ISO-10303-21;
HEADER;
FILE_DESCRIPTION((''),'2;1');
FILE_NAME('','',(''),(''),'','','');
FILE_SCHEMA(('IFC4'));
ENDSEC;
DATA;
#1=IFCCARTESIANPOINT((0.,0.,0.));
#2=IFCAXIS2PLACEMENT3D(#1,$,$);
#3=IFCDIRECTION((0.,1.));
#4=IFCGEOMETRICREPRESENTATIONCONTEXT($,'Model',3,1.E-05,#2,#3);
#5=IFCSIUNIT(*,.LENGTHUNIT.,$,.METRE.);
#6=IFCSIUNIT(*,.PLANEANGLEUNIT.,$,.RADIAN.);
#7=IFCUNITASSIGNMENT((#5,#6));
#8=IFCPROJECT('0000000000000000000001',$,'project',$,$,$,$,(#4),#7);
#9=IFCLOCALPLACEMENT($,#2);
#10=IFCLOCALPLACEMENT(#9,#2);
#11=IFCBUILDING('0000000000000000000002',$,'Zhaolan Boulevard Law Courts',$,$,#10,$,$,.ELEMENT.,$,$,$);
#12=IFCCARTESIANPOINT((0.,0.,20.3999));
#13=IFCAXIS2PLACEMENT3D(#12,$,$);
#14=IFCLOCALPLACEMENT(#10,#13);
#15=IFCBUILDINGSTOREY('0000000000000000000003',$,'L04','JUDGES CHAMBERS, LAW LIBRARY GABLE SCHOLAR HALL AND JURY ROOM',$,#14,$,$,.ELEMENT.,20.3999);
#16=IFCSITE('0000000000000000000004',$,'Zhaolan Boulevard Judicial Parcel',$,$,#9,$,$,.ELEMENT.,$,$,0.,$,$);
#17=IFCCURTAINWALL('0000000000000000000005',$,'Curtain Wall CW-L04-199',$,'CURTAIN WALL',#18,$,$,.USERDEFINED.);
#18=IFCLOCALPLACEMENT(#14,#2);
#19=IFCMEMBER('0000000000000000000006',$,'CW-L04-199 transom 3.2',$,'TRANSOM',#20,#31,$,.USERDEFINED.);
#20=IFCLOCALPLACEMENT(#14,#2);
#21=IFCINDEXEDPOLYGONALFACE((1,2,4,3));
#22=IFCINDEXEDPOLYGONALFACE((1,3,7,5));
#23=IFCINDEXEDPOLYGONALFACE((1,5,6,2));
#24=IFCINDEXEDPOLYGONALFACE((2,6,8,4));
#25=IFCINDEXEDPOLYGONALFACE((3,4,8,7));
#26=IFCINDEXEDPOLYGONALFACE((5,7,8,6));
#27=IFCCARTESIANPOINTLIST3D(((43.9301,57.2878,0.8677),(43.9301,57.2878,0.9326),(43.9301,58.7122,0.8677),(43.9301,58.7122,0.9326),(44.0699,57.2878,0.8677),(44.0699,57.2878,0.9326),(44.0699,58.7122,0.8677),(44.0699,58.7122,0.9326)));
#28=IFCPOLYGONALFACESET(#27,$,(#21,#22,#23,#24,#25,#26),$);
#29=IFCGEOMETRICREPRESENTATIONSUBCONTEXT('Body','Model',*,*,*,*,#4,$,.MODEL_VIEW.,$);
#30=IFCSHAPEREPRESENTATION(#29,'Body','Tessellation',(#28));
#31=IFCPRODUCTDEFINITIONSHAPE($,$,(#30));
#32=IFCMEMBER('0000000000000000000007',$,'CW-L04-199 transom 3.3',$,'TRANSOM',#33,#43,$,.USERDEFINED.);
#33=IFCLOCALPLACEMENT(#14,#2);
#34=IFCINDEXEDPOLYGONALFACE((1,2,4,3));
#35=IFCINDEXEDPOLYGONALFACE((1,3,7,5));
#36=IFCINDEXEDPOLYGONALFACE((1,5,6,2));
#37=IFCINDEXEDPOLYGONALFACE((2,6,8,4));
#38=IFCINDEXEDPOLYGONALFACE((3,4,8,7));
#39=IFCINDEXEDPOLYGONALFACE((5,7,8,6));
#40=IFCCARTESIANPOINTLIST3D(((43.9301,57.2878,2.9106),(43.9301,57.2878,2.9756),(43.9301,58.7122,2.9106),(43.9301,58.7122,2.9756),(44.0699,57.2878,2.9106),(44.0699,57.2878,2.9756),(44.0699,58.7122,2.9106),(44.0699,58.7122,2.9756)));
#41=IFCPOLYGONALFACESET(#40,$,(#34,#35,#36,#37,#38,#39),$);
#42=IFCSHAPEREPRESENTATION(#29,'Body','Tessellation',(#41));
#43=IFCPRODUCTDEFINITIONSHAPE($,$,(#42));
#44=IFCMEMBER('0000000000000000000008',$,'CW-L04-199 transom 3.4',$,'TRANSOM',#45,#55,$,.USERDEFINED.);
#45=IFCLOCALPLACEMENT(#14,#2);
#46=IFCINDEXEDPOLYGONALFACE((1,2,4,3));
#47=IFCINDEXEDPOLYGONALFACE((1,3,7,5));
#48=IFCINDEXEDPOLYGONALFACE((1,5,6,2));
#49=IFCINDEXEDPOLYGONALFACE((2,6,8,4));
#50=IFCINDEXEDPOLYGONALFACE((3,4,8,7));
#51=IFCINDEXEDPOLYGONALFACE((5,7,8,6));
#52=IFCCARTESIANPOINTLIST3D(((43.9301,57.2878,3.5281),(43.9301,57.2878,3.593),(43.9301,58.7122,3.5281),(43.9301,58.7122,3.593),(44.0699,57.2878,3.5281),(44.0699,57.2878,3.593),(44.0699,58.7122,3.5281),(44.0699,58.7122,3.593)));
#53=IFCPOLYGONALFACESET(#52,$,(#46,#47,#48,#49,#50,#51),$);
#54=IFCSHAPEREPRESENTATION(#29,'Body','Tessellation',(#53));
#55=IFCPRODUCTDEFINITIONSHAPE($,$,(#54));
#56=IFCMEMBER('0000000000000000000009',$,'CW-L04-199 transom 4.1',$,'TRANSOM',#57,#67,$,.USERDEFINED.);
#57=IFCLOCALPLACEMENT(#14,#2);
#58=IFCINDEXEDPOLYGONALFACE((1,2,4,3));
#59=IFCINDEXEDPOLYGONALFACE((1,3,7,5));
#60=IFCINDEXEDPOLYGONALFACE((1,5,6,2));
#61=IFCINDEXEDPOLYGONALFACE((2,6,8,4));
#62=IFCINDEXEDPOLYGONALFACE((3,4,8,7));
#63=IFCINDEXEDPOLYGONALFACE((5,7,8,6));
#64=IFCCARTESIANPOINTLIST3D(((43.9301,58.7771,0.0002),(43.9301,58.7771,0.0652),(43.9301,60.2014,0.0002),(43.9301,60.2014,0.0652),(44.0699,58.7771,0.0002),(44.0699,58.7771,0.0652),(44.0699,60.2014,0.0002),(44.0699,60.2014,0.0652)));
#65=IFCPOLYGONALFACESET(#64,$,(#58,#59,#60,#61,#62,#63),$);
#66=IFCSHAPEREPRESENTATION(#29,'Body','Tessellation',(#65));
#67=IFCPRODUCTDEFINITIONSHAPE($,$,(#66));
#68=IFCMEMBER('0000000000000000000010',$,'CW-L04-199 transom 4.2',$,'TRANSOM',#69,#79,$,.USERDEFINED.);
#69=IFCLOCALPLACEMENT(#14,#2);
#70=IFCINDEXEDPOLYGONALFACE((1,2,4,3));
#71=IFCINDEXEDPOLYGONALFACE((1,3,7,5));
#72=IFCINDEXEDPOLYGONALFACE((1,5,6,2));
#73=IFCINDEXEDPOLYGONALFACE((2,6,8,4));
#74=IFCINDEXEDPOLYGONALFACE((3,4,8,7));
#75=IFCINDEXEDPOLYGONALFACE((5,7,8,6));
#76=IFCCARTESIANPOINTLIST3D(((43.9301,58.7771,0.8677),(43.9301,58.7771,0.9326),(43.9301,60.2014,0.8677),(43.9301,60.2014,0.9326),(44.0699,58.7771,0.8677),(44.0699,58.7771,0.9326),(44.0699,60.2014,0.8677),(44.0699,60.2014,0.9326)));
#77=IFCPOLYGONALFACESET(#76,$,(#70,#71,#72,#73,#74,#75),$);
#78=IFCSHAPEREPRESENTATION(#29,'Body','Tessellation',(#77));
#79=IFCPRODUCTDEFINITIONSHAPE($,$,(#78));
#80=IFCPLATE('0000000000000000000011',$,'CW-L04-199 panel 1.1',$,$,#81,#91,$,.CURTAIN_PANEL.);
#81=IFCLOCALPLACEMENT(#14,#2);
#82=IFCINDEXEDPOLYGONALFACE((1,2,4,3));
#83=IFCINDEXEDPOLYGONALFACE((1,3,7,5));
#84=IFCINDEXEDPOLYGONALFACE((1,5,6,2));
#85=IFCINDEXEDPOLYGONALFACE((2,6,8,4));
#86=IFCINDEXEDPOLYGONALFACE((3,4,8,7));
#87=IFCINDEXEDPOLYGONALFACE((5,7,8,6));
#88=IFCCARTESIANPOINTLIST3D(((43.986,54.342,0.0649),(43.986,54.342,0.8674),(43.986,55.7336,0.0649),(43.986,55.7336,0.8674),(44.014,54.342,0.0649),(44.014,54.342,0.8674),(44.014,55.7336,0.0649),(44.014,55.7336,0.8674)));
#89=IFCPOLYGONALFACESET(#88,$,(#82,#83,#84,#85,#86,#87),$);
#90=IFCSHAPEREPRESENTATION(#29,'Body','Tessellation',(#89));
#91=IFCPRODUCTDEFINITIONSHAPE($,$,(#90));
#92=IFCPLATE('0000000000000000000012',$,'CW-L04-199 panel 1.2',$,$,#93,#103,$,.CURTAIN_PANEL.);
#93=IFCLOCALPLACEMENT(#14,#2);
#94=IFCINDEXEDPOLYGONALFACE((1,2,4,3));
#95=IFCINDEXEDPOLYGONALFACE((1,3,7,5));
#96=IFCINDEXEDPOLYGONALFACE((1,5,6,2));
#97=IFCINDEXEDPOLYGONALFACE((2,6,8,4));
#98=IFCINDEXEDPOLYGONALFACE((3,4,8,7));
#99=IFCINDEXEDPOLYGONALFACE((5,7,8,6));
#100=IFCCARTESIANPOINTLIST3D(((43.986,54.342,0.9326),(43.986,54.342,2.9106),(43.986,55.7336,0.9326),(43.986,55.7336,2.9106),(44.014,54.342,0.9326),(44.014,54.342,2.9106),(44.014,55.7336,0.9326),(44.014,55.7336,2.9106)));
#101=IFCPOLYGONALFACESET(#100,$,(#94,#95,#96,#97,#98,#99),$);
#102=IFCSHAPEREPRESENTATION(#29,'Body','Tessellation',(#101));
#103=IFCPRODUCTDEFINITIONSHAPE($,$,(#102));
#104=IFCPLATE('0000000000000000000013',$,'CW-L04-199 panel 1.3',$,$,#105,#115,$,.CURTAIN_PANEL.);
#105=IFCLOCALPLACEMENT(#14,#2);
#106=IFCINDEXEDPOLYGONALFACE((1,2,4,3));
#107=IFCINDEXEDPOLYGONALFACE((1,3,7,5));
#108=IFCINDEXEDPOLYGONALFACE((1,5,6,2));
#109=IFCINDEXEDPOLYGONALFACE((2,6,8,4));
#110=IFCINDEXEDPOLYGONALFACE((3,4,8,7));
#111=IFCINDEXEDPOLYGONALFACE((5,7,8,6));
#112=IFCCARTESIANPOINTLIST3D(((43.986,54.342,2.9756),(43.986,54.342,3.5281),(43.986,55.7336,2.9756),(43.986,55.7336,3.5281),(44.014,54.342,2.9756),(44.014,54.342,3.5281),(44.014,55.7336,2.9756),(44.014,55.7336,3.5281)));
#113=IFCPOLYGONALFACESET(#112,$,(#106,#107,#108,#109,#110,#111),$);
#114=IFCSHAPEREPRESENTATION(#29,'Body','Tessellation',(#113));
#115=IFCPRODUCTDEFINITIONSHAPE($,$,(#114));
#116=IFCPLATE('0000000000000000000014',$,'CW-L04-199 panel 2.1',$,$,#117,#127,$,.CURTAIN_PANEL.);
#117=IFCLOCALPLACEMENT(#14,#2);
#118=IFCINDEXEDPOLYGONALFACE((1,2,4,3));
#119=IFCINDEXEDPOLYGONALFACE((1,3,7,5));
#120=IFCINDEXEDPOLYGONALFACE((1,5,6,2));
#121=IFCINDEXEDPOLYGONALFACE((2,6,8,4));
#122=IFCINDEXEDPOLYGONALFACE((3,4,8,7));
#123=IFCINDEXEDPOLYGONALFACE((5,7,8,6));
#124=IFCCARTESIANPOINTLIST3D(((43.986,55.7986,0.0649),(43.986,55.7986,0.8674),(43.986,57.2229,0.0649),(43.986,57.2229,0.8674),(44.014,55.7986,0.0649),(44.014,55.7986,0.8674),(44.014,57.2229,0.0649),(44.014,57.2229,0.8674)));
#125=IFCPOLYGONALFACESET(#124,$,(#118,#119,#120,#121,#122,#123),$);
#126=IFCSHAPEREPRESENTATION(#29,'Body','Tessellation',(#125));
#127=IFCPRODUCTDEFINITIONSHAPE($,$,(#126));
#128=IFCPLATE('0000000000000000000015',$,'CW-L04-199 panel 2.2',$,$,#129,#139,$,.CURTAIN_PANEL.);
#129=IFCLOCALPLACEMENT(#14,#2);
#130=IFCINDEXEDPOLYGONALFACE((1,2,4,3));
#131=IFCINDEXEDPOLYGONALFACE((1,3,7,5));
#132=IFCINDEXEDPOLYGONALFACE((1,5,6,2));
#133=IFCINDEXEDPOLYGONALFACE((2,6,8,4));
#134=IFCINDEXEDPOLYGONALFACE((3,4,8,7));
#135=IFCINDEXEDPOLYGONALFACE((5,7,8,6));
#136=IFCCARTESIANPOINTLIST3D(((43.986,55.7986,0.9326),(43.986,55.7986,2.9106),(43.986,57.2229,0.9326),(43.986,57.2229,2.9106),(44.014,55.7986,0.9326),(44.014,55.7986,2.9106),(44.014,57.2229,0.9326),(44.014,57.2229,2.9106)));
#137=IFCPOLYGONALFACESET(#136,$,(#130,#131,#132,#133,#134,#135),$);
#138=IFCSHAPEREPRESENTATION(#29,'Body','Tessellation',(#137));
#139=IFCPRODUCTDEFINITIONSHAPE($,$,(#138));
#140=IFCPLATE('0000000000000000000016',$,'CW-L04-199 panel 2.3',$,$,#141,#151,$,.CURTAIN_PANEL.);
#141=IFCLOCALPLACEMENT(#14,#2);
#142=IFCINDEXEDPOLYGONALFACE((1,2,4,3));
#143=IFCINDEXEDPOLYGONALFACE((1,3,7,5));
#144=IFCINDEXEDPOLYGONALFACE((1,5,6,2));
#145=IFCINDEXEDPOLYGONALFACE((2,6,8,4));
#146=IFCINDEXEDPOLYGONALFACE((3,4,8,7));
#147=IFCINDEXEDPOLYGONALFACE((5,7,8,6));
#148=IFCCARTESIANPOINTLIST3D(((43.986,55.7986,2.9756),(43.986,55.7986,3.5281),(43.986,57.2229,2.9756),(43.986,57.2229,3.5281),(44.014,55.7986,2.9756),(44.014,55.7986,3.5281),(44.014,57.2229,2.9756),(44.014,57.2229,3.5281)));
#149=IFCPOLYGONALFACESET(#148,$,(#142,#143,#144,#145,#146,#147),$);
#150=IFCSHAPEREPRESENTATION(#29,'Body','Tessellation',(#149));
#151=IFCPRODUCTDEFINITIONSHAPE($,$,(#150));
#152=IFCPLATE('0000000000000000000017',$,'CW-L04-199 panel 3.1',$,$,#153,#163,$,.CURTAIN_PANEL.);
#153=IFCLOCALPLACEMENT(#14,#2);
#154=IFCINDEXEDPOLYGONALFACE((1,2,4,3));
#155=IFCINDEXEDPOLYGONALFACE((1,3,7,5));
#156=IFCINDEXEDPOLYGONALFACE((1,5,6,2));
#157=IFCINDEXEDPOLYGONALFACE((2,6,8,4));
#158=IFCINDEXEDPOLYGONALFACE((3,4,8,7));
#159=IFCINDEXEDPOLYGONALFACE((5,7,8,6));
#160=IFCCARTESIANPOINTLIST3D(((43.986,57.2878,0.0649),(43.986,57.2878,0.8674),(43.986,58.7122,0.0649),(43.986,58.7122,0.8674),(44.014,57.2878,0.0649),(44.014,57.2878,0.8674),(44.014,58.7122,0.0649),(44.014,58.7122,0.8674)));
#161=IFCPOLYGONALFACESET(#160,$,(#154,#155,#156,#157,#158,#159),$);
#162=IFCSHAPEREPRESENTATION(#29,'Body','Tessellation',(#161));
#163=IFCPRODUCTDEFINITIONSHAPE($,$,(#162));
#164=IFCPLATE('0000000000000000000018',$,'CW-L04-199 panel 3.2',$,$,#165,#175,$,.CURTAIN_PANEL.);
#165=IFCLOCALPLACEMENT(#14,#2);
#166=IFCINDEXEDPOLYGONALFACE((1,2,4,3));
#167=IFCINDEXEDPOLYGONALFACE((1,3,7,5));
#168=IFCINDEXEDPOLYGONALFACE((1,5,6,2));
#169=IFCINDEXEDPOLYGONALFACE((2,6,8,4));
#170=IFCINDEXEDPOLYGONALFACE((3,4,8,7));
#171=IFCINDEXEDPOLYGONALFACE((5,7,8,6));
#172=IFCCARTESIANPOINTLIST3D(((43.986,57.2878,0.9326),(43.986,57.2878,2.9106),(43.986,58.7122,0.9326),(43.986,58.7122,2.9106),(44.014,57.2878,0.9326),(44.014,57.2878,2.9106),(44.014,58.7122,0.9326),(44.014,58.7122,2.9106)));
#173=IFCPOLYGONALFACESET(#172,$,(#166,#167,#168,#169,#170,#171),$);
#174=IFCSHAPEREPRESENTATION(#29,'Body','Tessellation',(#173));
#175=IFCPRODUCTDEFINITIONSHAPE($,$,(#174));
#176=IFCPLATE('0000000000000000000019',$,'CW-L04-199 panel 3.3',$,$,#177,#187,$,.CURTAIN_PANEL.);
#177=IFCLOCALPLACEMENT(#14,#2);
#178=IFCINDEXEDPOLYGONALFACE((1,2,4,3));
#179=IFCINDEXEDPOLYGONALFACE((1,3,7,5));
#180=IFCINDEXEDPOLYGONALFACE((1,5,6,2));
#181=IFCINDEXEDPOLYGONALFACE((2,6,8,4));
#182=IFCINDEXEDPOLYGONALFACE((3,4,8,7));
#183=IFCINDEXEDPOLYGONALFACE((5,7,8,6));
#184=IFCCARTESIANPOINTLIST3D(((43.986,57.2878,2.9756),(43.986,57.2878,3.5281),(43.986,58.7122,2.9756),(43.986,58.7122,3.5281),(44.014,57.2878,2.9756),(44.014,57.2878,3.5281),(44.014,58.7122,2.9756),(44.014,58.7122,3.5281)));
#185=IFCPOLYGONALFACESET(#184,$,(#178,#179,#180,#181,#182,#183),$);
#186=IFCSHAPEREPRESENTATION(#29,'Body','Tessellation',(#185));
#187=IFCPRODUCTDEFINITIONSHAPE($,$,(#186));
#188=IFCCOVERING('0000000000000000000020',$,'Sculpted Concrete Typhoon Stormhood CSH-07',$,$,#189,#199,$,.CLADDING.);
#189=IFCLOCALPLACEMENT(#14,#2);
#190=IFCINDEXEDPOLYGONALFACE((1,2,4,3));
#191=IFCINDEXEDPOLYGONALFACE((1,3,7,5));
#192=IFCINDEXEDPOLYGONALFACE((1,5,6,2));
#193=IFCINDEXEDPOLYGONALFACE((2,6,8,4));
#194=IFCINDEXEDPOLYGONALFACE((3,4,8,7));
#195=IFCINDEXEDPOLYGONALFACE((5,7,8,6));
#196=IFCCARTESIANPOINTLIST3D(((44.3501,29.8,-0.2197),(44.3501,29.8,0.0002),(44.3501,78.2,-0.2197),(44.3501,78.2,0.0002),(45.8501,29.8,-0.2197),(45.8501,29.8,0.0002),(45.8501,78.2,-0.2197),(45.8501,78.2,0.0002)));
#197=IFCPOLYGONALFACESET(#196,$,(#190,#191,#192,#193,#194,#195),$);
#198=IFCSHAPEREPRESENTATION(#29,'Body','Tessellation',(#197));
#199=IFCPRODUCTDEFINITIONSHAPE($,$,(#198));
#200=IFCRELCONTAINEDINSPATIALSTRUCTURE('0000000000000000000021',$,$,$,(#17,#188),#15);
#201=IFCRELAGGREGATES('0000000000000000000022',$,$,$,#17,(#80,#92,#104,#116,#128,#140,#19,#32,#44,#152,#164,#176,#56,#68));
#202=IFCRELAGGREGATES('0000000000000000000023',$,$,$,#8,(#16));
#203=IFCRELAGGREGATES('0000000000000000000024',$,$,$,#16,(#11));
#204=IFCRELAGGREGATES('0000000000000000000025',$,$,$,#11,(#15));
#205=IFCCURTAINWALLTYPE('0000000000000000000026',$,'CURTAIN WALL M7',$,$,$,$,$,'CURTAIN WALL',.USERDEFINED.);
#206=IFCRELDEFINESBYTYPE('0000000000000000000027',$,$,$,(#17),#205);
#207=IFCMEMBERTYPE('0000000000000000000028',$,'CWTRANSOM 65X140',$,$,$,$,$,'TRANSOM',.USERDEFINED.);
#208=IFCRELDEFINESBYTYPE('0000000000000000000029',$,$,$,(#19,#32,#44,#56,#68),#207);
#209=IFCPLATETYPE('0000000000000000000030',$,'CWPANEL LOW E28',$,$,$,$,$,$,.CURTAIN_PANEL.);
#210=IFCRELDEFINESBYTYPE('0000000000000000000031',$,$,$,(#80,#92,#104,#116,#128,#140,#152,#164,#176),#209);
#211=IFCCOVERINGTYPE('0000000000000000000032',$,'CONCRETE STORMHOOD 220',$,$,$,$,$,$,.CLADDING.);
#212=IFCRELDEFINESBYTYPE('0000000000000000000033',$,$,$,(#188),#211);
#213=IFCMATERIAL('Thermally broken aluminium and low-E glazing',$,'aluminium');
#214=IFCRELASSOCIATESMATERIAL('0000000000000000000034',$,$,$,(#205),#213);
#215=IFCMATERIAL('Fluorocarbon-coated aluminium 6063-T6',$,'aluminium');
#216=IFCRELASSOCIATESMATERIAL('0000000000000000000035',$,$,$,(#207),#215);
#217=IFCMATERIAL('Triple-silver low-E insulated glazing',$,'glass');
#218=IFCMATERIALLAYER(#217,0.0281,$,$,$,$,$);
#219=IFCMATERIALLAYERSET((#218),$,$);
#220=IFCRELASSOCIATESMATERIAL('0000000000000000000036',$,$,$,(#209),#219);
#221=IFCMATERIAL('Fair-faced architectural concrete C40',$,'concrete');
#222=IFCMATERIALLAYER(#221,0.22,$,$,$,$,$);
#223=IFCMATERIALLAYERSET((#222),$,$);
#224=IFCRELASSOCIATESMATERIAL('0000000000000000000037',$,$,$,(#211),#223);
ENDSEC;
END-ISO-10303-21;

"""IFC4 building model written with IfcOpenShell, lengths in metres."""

from ifc_helpers import new_model, si_unit, direction, frame, origin, origin_2d, place, context, subcontext, project, spatial, rectangle, extrude, material, layer, layer_set, material_profile, profile_set, type_object, element, aggregate, save


model = new_model("IFC4")

# Units and contexts
model_context = context("Model", 3, precision=1e-05, world=origin(), true_north=direction((0.0, 1.0)))
body_context = subcontext(model_context, "Body", "Model", "MODEL_VIEW")
ifc_project = project(units=[si_unit("LENGTHUNIT", "METRE"), si_unit("PLANEANGLEUNIT", "RADIAN")], contexts=[model_context])

# Site, building, storey
site_placement = place(None, origin())
site = spatial("IfcSite", under=ifc_project, at=site_placement, Name="Zhaolan Boulevard Judicial Parcel", CompositionType="ELEMENT", RefElevation=0.0)
building_placement = place(site_placement, origin())
building = spatial("IfcBuilding", under=site, at=building_placement, Name="Zhaolan Boulevard Law Courts", CompositionType="ELEMENT")
storey_placement = place(building_placement, frame((0.0, 0.0, 20.3999)))
storey = spatial("IfcBuildingStorey", under=building, at=storey_placement, Name="L04", Description="JUDGES CHAMBERS, LAW LIBRARY GABLE SCHOLAR HALL AND JURY ROOM", CompositionType="ELEMENT", Elevation=20.3999)

# Curtain wall, members, plates
ifc_material_1 = material(Name="Thermally broken aluminium and low-E glazing", Category="aluminium")
curtain_wall_type_1 = type_object("IfcCurtainWallType", Name="CURTAIN WALL M7", ElementType="CURTAIN WALL", PredefinedType="USERDEFINED", material=ifc_material_1)
curtain_wall_1_placement = place(storey_placement, origin())
curtain_wall_1 = element("IfcCurtainWall", 1, at=curtain_wall_1_placement, inside=storey, type_object=curtain_wall_type_1, Name="Curtain Wall CW-L04-199", ObjectType="CURTAIN WALL", PredefinedType="USERDEFINED")
ifc_material_2 = material(Name="Fluorocarbon-coated aluminium 6063-T6", Category="aluminium")
ifc_material_profile_1 = material_profile(ifc_material_2, rectangle(XDim=0.1399, YDim=0.0649, at=origin_2d()), Name="AL65x140")
ifc_profile_set_1 = profile_set([ifc_material_profile_1], Name="Fluorocarbon-coated aluminium 6063-T6")
member_type_1 = type_object("IfcMemberType", Name="CWTRANSOM 65X140", ElementType="TRANSOM", PredefinedType="USERDEFINED", material=ifc_profile_set_1)
member_1_placement = place(storey_placement, frame((44.0, 57.2878, 0.9001), z_axis=(0.0, 1.0, 0.0), x_axis=(-1.0, 0.0, 0.0)))
member_1 = element("IfcMember", 2, at=member_1_placement, type_object=member_type_1, Name="CW-L04-199 transom 3.2", ObjectType="TRANSOM", PredefinedType="USERDEFINED", context=body_context, shape_type="SweptSolid", body=[
    extrude(rectangle(XDim=0.1399, YDim=0.0649, at=origin_2d()), origin(), (0.0, 0.0, 1.0), 1.4243),
])
member_2_placement = place(storey_placement, frame((44.0, 57.2878, 2.9431), z_axis=(0.0, 1.0, 0.0), x_axis=(-1.0, 0.0, 0.0)))
member_2 = element("IfcMember", 3, at=member_2_placement, type_object=member_type_1, Name="CW-L04-199 transom 3.3", ObjectType="TRANSOM", PredefinedType="USERDEFINED", context=body_context, shape_type="SweptSolid", body=[
    extrude(rectangle(XDim=0.1399, YDim=0.0649, at=origin_2d()), origin(), (0.0, 0.0, 1.0), 1.4243),
])
member_3_placement = place(storey_placement, frame((44.0, 57.2878, 3.5605), z_axis=(0.0, 1.0, 0.0), x_axis=(-1.0, 0.0, 0.0)))
member_3 = element("IfcMember", 4, at=member_3_placement, type_object=member_type_1, Name="CW-L04-199 transom 3.4", ObjectType="TRANSOM", PredefinedType="USERDEFINED", context=body_context, shape_type="SweptSolid", body=[
    extrude(rectangle(XDim=0.1399, YDim=0.0649, at=origin_2d()), origin(), (0.0, 0.0, 1.0), 1.4243),
])
member_4_placement = place(storey_placement, frame((44.0, 58.7771, 0.0327), z_axis=(0.0, 1.0, 0.0), x_axis=(-1.0, 0.0, 0.0)))
member_4 = element("IfcMember", 5, at=member_4_placement, type_object=member_type_1, Name="CW-L04-199 transom 4.1", ObjectType="TRANSOM", PredefinedType="USERDEFINED", context=body_context, shape_type="SweptSolid", body=[
    extrude(rectangle(XDim=0.1399, YDim=0.0649, at=origin_2d()), origin(), (0.0, 0.0, 1.0), 1.4243),
])
member_5_placement = place(storey_placement, frame((44.0, 58.7771, 0.9001), z_axis=(0.0, 1.0, 0.0), x_axis=(-1.0, 0.0, 0.0)))
member_5 = element("IfcMember", 6, at=member_5_placement, type_object=member_type_1, Name="CW-L04-199 transom 4.2", ObjectType="TRANSOM", PredefinedType="USERDEFINED", context=body_context, shape_type="SweptSolid", body=[
    extrude(rectangle(XDim=0.1399, YDim=0.0649, at=origin_2d()), origin(), (0.0, 0.0, 1.0), 1.4243),
])
ifc_material_3 = material(Name="Triple-silver low-E insulated glazing", Category="glass")
ifc_layer_1 = layer(ifc_material_3, 0.0281)
ifc_layer_set_1 = layer_set([ifc_layer_1])
plate_type = type_object("IfcPlateType", Name="CWPANEL LOW E28", PredefinedType="CURTAIN_PANEL", material=ifc_layer_set_1)
plate_1_placement = place(storey_placement, frame((44.0, 55.0378, 0.0649), z_axis=(0.0, 0.0, 1.0), x_axis=(0.0, 1.0, 0.0)))
plate_1 = element("IfcPlate", 7, at=plate_1_placement, type_object=plate_type, Name="CW-L04-199 panel 1.1", PredefinedType="CURTAIN_PANEL", context=body_context, shape_type="SweptSolid", body=[
    extrude(rectangle(XDim=1.3916, YDim=0.0281, at=origin_2d()), origin(), (0.0, 0.0, 1.0), 0.8025),
])
plate_2_placement = place(storey_placement, frame((44.0, 55.0378, 0.9326), z_axis=(0.0, 0.0, 1.0), x_axis=(0.0, 1.0, 0.0)))
plate_2 = element("IfcPlate", 8, at=plate_2_placement, type_object=plate_type, Name="CW-L04-199 panel 1.2", PredefinedType="CURTAIN_PANEL", context=body_context, shape_type="SweptSolid", body=[
    extrude(rectangle(XDim=1.3916, YDim=0.0281, at=origin_2d()), origin(), (0.0, 0.0, 1.0), 1.978),
])
plate_3_placement = place(storey_placement, frame((44.0, 55.0378, 2.9756), z_axis=(0.0, 0.0, 1.0), x_axis=(0.0, 1.0, 0.0)))
plate_3 = element("IfcPlate", 9, at=plate_3_placement, type_object=plate_type, Name="CW-L04-199 panel 1.3", PredefinedType="CURTAIN_PANEL", context=body_context, shape_type="SweptSolid", body=[
    extrude(rectangle(XDim=1.3916, YDim=0.0281, at=origin_2d()), origin(), (0.0, 0.0, 1.0), 0.5525),
])
plate_4_placement = place(storey_placement, frame((44.0, 56.5107, 0.0649), z_axis=(0.0, 0.0, 1.0), x_axis=(0.0, 1.0, 0.0)))
plate_4 = element("IfcPlate", 10, at=plate_4_placement, type_object=plate_type, Name="CW-L04-199 panel 2.1", PredefinedType="CURTAIN_PANEL", context=body_context, shape_type="SweptSolid", body=[
    extrude(rectangle(XDim=1.4243, YDim=0.0281, at=origin_2d()), origin(), (0.0, 0.0, 1.0), 0.8025),
])
plate_5_placement = place(storey_placement, frame((44.0, 56.5107, 0.9326), z_axis=(0.0, 0.0, 1.0), x_axis=(0.0, 1.0, 0.0)))
plate_5 = element("IfcPlate", 11, at=plate_5_placement, type_object=plate_type, Name="CW-L04-199 panel 2.2", PredefinedType="CURTAIN_PANEL", context=body_context, shape_type="SweptSolid", body=[
    extrude(rectangle(XDim=1.4243, YDim=0.0281, at=origin_2d()), origin(), (0.0, 0.0, 1.0), 1.978),
])
plate_6_placement = place(storey_placement, frame((44.0, 56.5107, 2.9756), z_axis=(0.0, 0.0, 1.0), x_axis=(0.0, 1.0, 0.0)))
plate_6 = element("IfcPlate", 12, at=plate_6_placement, type_object=plate_type, Name="CW-L04-199 panel 2.3", PredefinedType="CURTAIN_PANEL", context=body_context, shape_type="SweptSolid", body=[
    extrude(rectangle(XDim=1.4243, YDim=0.0281, at=origin_2d()), origin(), (0.0, 0.0, 1.0), 0.5525),
])
plate_7_placement = place(storey_placement, frame((44.0, 58.0, 0.0649), z_axis=(0.0, 0.0, 1.0), x_axis=(0.0, 1.0, 0.0)))
plate_7 = element("IfcPlate", 13, at=plate_7_placement, type_object=plate_type, Name="CW-L04-199 panel 3.1", PredefinedType="CURTAIN_PANEL", context=body_context, shape_type="SweptSolid", body=[
    extrude(rectangle(XDim=1.4243, YDim=0.0281, at=origin_2d()), origin(), (0.0, 0.0, 1.0), 0.8025),
])
plate_8_placement = place(storey_placement, frame((44.0, 58.0, 0.9326), z_axis=(0.0, 0.0, 1.0), x_axis=(0.0, 1.0, 0.0)))
plate_8 = element("IfcPlate", 14, at=plate_8_placement, type_object=plate_type, Name="CW-L04-199 panel 3.2", PredefinedType="CURTAIN_PANEL", context=body_context, shape_type="SweptSolid", body=[
    extrude(rectangle(XDim=1.4243, YDim=0.0281, at=origin_2d()), origin(), (0.0, 0.0, 1.0), 1.978),
])
plate_9_placement = place(storey_placement, frame((44.0, 58.0, 2.9756), z_axis=(0.0, 0.0, 1.0), x_axis=(0.0, 1.0, 0.0)))
plate_9 = element("IfcPlate", 15, at=plate_9_placement, type_object=plate_type, Name="CW-L04-199 panel 3.3", PredefinedType="CURTAIN_PANEL", context=body_context, shape_type="SweptSolid", body=[
    extrude(rectangle(XDim=1.4243, YDim=0.0281, at=origin_2d()), origin(), (0.0, 0.0, 1.0), 0.5525),
])
aggregate(curtain_wall_1, [plate_1, plate_2, plate_3, plate_4, plate_5, plate_6, member_1, member_2, member_3, plate_7, plate_8, plate_9, member_4, member_5])

# Covering
ifc_material_4 = material(Name="Fair-faced architectural concrete C40", Category="concrete")
ifc_layer_2 = layer(ifc_material_4, 0.22)
ifc_layer_set_2 = layer_set([ifc_layer_2])
covering_type = type_object("IfcCoveringType", Name="CONCRETE STORMHOOD 220", PredefinedType="CLADDING", material=ifc_layer_set_2)
covering_placement = place(storey_placement, frame((45.1001, 54.0, -0.2197), z_axis=(0.0, 0.0, 1.0), x_axis=(1.0, 0.0, 0.0)))
element("IfcCovering", 16, at=covering_placement, inside=storey, type_object=covering_type, Name="Sculpted Concrete Typhoon Stormhood CSH-07", PredefinedType="CLADDING", context=body_context, shape_type="SweptSolid", body=[
    extrude(rectangle(XDim=1.5, YDim=48.3999, at=origin_2d()), origin(), (0.0, 0.0, 1.0), 0.22),
])

save(model, "model.ifc")
